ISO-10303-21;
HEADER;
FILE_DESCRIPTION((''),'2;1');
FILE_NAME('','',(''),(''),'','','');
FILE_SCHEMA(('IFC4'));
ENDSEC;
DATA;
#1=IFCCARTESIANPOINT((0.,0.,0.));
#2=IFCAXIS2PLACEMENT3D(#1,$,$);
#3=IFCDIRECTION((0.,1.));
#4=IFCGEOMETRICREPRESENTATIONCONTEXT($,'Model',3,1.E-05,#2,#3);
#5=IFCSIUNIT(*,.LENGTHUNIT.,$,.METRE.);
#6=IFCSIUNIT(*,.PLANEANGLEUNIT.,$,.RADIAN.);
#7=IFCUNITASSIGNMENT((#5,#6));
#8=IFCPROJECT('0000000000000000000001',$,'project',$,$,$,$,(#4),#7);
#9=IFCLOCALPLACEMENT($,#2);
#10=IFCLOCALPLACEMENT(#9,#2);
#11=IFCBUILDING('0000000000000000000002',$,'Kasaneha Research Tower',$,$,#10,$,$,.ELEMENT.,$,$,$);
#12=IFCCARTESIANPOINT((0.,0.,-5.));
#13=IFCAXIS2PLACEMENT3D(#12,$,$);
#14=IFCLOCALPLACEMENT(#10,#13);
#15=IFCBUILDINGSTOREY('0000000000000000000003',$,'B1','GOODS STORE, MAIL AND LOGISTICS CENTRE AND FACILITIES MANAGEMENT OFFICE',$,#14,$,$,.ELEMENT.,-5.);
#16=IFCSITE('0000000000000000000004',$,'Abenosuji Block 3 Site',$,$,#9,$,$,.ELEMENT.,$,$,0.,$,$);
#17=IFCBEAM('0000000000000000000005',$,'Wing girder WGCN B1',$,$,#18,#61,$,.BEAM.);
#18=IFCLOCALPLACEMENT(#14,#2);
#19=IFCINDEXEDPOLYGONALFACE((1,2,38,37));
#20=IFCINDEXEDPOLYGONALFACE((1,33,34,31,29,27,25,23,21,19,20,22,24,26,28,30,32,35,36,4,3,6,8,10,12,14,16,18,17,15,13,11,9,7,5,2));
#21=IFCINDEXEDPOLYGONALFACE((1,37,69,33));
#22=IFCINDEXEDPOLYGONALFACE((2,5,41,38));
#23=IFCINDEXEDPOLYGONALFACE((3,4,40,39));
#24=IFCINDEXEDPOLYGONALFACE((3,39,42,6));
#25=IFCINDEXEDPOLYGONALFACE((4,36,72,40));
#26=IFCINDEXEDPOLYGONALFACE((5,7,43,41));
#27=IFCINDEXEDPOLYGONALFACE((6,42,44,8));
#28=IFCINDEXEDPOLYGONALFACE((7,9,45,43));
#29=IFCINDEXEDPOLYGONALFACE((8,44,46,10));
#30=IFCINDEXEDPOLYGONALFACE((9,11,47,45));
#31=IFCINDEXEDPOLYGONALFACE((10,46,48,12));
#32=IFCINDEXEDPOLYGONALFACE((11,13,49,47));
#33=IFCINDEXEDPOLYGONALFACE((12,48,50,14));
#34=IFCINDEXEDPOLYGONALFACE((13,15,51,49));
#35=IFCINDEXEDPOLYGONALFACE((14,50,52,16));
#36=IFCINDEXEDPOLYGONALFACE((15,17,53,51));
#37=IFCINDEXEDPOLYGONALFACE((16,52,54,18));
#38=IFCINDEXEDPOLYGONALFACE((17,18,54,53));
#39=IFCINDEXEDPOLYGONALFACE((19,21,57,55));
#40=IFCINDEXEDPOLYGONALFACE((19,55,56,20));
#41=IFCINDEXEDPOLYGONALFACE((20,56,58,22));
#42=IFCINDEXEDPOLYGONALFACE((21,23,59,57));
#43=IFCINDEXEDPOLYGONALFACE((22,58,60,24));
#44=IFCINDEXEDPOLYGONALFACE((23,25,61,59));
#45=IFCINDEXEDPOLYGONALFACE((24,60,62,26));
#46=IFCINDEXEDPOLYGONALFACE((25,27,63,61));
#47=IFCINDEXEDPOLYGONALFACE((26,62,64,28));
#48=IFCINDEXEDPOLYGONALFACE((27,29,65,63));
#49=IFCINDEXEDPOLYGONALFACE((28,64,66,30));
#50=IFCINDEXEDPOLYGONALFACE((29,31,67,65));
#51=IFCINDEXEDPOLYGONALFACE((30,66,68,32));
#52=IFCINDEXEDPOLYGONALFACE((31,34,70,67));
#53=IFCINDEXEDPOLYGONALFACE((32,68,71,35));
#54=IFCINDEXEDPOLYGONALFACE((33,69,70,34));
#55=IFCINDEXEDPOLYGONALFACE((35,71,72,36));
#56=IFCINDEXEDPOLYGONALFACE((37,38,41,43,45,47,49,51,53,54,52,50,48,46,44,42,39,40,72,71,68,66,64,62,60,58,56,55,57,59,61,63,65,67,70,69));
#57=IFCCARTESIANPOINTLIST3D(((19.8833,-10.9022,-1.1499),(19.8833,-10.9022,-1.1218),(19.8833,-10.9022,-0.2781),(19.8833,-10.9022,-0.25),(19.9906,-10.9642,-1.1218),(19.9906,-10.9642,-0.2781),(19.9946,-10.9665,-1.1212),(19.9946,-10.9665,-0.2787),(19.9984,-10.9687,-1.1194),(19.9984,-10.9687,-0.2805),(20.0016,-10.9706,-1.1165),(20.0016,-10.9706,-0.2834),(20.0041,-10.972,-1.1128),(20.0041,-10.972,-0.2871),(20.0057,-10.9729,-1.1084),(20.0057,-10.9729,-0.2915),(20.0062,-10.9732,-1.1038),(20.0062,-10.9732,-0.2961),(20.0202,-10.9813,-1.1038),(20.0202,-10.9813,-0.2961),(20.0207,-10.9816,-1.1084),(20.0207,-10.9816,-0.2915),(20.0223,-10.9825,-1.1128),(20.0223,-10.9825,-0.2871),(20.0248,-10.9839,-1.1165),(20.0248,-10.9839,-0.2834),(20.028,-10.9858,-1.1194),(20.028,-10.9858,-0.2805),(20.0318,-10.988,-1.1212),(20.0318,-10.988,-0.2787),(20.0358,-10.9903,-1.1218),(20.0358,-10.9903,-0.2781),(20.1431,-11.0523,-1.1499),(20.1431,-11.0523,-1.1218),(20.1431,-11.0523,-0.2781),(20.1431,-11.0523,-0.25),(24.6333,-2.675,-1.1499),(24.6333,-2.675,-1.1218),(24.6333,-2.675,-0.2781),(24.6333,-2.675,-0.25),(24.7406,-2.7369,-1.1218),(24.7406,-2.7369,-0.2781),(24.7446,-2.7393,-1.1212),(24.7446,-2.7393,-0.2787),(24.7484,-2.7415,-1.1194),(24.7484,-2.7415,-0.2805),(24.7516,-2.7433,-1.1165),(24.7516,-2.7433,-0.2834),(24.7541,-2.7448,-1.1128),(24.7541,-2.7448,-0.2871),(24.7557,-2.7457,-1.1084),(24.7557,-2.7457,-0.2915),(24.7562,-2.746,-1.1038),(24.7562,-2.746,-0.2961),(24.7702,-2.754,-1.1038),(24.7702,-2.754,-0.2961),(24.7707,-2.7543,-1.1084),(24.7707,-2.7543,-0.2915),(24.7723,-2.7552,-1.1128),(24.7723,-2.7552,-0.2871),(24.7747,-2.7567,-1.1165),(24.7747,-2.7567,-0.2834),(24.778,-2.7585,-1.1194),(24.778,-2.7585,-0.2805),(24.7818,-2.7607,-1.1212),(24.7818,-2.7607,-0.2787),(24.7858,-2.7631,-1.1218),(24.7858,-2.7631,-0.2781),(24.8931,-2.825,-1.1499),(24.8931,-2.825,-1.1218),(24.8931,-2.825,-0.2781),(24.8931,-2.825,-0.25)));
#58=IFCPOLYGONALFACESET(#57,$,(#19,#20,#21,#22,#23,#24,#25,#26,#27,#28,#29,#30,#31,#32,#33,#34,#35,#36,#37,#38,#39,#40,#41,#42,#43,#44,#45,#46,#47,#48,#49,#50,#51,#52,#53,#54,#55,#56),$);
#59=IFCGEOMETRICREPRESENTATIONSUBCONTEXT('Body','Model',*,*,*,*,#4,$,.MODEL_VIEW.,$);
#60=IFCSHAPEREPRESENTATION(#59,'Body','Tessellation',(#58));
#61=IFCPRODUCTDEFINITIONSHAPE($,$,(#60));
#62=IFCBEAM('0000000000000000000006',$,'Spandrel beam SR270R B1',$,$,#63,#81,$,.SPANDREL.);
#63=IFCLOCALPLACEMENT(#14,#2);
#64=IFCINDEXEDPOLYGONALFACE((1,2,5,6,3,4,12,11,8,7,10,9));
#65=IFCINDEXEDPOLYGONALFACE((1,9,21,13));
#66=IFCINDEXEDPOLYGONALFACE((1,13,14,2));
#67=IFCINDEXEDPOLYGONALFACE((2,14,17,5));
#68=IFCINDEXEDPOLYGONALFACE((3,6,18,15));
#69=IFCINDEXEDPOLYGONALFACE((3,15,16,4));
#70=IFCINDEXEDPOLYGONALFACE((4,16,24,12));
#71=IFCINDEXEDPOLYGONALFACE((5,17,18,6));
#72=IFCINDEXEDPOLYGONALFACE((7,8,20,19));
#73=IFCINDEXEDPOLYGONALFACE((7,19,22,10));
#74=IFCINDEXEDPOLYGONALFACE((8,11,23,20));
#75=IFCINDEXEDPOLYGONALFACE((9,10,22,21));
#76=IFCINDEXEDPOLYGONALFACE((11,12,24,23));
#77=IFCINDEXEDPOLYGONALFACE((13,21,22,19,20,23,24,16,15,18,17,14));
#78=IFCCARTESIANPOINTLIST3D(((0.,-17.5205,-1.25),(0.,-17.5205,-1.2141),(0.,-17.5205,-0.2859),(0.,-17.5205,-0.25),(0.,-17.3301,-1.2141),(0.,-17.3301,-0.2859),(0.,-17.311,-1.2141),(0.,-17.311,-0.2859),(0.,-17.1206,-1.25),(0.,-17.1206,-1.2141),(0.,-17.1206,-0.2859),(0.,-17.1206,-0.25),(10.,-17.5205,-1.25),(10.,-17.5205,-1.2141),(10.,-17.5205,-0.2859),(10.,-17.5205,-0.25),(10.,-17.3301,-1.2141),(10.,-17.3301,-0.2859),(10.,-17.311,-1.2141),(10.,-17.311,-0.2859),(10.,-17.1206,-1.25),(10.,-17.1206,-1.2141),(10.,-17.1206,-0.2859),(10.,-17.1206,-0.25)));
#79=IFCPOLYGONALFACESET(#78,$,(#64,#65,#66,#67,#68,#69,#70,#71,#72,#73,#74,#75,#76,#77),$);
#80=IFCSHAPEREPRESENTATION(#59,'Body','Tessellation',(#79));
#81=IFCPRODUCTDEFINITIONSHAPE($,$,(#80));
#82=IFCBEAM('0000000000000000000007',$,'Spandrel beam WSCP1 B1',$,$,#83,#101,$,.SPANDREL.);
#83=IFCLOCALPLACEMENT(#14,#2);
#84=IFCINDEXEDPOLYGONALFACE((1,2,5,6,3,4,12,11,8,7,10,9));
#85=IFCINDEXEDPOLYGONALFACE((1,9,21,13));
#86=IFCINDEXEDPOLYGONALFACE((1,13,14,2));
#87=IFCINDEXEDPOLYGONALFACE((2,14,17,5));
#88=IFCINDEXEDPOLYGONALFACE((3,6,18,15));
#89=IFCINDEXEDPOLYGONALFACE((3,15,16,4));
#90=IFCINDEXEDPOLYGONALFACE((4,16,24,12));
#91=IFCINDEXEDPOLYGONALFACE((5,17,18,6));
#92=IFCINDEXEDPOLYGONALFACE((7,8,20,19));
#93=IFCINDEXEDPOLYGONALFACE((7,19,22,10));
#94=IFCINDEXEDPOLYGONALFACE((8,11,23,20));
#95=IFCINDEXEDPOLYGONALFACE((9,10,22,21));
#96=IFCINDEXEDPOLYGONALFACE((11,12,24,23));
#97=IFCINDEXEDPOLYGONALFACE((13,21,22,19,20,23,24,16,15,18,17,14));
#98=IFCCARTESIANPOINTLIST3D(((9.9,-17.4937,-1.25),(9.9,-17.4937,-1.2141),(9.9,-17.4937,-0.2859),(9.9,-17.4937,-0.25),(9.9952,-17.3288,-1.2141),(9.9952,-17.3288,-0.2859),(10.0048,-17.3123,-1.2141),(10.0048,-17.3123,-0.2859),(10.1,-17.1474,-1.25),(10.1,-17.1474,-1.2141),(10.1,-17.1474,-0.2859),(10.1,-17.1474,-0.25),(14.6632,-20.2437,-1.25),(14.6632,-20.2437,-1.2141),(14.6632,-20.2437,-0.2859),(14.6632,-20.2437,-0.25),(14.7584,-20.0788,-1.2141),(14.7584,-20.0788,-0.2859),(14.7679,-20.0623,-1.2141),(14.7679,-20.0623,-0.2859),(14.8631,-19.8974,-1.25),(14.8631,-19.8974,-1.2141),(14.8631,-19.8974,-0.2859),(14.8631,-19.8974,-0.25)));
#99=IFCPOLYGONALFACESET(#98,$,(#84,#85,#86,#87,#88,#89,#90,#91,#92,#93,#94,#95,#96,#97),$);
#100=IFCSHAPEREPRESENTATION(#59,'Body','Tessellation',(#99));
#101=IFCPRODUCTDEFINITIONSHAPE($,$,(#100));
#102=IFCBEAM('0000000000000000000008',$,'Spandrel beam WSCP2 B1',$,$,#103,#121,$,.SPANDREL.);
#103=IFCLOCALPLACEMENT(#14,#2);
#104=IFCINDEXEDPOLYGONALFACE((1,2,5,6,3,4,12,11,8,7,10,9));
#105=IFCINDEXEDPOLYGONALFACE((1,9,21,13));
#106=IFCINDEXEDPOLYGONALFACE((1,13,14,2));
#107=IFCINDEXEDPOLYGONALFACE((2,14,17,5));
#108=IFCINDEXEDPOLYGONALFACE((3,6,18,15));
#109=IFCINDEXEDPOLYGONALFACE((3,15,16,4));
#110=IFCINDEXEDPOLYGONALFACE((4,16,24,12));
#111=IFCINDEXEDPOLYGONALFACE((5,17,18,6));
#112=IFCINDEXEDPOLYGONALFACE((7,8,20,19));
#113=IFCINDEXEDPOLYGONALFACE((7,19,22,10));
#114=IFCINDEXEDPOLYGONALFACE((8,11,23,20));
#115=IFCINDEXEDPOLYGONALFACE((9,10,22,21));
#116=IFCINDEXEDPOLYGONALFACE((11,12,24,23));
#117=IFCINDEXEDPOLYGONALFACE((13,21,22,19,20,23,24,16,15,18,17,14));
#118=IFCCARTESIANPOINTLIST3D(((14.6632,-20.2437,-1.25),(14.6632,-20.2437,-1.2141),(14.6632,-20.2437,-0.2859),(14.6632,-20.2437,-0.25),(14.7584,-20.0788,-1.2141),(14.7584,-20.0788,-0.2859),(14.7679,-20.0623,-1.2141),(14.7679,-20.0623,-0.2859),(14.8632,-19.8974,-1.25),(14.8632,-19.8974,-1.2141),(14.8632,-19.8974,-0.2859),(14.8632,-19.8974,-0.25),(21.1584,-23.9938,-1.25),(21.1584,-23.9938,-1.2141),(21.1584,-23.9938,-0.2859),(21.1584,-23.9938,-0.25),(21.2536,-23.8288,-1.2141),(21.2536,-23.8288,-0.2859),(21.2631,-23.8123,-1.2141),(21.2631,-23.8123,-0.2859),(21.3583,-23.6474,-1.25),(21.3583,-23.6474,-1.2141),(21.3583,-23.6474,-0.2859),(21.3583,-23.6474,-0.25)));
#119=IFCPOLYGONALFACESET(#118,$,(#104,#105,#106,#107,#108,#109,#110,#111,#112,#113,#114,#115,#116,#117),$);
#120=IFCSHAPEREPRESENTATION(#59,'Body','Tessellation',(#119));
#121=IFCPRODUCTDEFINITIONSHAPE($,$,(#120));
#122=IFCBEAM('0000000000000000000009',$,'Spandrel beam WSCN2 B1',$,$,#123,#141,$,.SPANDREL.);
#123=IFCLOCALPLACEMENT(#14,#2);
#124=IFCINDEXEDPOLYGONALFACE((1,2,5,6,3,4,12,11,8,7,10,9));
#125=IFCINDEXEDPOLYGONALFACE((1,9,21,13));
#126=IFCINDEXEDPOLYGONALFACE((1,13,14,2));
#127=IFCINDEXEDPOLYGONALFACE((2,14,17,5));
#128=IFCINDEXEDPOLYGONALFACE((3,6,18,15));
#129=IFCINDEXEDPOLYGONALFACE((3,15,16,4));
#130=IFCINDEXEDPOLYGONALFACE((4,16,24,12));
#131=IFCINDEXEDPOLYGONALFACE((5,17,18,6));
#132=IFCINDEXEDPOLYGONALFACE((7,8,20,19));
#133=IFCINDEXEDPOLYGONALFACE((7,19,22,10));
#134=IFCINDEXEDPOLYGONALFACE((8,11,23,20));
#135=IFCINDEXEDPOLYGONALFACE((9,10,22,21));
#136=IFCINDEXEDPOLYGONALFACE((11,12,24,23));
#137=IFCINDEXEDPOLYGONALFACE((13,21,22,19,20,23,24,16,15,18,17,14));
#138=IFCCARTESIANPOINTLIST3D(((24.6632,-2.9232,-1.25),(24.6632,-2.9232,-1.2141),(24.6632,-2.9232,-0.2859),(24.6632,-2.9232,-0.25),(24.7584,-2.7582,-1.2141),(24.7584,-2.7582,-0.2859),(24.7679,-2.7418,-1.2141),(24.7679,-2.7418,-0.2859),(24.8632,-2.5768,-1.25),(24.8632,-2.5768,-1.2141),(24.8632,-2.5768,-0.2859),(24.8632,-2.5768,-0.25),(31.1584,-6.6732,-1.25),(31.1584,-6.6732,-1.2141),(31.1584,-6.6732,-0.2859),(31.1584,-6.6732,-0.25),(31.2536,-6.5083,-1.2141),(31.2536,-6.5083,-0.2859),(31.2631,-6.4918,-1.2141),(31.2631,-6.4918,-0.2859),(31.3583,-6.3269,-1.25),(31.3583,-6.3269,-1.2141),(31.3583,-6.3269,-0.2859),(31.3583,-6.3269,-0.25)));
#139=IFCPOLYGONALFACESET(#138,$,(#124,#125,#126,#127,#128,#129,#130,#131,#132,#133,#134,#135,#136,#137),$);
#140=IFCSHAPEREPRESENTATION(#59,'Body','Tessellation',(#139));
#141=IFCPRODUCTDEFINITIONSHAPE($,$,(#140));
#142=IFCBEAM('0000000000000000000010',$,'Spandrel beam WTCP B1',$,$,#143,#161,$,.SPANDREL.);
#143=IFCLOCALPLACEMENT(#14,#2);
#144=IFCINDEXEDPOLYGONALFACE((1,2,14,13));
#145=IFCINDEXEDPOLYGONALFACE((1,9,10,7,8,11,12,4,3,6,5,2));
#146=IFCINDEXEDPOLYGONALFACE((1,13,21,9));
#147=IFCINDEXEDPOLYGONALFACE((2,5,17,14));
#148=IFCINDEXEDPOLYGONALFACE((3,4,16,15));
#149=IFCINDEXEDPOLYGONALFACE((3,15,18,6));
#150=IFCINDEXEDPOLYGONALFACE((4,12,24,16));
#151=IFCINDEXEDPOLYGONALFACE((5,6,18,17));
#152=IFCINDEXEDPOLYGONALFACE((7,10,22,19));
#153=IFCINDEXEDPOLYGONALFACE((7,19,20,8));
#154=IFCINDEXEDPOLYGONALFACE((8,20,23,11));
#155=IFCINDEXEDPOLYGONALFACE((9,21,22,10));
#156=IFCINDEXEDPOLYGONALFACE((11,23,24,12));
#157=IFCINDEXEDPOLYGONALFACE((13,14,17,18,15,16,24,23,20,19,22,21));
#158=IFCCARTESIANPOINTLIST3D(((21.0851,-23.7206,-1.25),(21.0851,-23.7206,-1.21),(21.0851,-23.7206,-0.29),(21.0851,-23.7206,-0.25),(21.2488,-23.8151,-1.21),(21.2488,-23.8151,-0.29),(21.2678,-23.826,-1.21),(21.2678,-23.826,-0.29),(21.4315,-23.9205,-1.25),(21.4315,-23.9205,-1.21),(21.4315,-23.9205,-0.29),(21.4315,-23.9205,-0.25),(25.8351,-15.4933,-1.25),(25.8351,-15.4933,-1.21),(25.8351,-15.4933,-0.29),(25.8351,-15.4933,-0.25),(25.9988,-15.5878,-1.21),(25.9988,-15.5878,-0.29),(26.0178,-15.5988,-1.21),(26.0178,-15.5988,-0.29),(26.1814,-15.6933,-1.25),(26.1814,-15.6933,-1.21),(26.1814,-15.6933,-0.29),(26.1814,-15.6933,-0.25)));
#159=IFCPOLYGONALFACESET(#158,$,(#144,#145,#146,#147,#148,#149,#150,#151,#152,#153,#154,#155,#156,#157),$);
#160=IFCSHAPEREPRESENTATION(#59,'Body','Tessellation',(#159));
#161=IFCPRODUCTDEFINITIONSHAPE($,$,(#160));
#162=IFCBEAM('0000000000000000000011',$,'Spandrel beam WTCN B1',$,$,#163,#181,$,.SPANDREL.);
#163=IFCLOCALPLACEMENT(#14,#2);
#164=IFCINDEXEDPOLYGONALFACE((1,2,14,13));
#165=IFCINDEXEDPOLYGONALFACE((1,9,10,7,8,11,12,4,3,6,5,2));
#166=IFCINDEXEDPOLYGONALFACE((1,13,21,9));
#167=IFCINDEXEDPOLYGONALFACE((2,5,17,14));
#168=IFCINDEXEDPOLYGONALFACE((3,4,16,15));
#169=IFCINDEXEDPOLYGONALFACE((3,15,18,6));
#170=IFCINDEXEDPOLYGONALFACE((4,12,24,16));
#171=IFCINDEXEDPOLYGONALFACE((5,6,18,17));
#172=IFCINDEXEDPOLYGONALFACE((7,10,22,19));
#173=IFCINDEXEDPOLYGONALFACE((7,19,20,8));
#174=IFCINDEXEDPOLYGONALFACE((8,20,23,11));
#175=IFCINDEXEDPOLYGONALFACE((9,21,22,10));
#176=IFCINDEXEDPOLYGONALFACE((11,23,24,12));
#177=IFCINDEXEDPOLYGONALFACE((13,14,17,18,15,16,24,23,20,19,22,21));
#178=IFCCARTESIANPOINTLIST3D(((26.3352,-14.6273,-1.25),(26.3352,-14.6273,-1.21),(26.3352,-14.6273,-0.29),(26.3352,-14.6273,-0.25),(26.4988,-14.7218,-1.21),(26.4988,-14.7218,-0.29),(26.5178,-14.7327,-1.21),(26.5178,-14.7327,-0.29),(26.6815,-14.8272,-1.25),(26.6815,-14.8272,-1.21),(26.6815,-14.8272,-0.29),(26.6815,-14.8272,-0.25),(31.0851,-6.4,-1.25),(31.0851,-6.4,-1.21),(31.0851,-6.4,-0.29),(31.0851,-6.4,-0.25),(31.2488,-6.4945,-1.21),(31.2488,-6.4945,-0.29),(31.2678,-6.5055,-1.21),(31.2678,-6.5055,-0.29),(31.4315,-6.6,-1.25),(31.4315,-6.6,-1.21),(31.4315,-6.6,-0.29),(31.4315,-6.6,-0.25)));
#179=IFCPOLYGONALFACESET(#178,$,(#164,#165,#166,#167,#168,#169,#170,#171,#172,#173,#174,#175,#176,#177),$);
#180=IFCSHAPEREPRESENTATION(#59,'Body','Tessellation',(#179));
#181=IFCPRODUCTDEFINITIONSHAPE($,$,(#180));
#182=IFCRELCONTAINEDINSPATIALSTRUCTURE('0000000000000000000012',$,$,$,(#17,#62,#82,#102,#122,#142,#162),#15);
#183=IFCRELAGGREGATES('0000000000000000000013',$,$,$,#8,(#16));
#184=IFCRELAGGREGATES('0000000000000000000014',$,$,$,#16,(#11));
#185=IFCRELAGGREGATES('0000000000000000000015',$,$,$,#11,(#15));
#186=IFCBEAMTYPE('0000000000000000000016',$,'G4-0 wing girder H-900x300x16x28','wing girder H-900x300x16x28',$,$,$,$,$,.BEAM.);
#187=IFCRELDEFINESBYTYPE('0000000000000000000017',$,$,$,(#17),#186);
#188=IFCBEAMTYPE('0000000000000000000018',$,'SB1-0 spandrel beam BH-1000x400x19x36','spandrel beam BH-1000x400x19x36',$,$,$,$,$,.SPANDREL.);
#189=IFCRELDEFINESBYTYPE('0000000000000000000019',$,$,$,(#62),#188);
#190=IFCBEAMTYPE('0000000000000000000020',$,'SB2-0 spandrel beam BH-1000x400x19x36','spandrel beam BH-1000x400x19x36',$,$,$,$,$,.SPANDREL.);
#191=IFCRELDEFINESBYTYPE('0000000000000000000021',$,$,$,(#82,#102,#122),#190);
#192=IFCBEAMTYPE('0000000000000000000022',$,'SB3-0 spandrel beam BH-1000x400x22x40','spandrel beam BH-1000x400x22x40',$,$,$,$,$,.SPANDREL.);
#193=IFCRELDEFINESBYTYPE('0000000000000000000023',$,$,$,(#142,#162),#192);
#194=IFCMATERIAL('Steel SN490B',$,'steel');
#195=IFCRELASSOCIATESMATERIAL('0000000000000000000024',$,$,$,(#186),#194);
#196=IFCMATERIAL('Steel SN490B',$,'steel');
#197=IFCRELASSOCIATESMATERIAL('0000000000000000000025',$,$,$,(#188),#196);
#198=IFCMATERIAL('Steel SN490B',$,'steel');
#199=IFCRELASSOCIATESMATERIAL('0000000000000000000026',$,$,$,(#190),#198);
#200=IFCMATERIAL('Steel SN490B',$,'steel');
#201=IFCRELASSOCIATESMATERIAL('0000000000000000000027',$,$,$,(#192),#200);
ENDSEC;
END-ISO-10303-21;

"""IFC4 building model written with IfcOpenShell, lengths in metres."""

from ifc_helpers import new_model, si_unit, direction, frame, origin, origin_2d, place, context, subcontext, project, spatial, i_section, extrude, material, material_profile, profile_set, type_object, element, save


model = new_model("IFC4")

# Units and contexts
model_context = context("Model", 3, precision=1e-05, world=origin(), true_north=direction((0.0, 1.0)))
body_context = subcontext(model_context, "Body", "Model", "MODEL_VIEW")
ifc_project = project(units=[si_unit("LENGTHUNIT", "METRE"), si_unit("PLANEANGLEUNIT", "RADIAN")], contexts=[model_context])

# Site, building, storey
site_placement = place(None, origin())
site = spatial("IfcSite", under=ifc_project, at=site_placement, Name="Abenosuji Block 3 Site", CompositionType="ELEMENT", RefElevation=0.0)
building_placement = place(site_placement, origin())
building = spatial("IfcBuilding", under=site, at=building_placement, Name="Kasaneha Research Tower", CompositionType="ELEMENT")
storey_placement = place(building_placement, frame((0.0, 0.0, -5.0)))
storey = spatial("IfcBuildingStorey", under=building, at=storey_placement, Name="B1", Description="GOODS STORE, MAIL AND LOGISTICS CENTRE AND FACILITIES MANAGEMENT OFFICE", CompositionType="ELEMENT", Elevation=-5.0)

# Beams
ifc_material_1 = material(Name="Steel SN490B", Category="steel")
ifc_material_profile_1 = material_profile(ifc_material_1, i_section(OverallWidth=0.3, OverallDepth=0.8999, WebThickness=0.0161, FlangeThickness=0.0281, FilletRadius=0.0181, at=origin_2d()), Name="H-900x300x16x28")
ifc_profile_set_1 = profile_set([ifc_material_profile_1], Name="Steel SN490B")
beam_type_1 = type_object("IfcBeamType", Name="G4-0 wing girder H-900x300x16x28", Description="wing girder H-900x300x16x28", PredefinedType="BEAM", material=ifc_profile_set_1)
for number, where, z_axis, x_axis, name in (
    (1, (24.7632, -2.75, -0.7), (-0.499998, -0.866027, 0.0), (0.866027, -0.499998, 0.0), "Wing girder WGCN B1"),
):
    element("IfcBeam", number, at=place(storey_placement, frame(where, z_axis=z_axis, x_axis=x_axis)), inside=storey, type_object=beam_type_1, Name=name, PredefinedType="BEAM", context=body_context, shape_type="SweptSolid", body=[
        extrude(i_section(OverallWidth=0.3, OverallDepth=0.8999, WebThickness=0.0161, FlangeThickness=0.0281, FilletRadius=0.0181, at=origin_2d()), origin(), (0.0, 0.0, 1.0), 9.5),
    ])
ifc_material_2 = material(Name="Steel SN490B", Category="steel")
ifc_material_profile_2 = material_profile(ifc_material_2, i_section(OverallWidth=0.3999, OverallDepth=1.0, WebThickness=0.019, FlangeThickness=0.0359, at=origin_2d()), Name="BH-1000x400x19x36")
ifc_profile_set_2 = profile_set([ifc_material_profile_2], Name="Steel SN490B")
beam_type_2 = type_object("IfcBeamType", Name="SB1-0 spandrel beam BH-1000x400x19x36", Description="spandrel beam BH-1000x400x19x36", PredefinedType="SPANDREL", material=ifc_profile_set_2)
beam_1_placement = place(storey_placement, frame((10.0, -17.3206, -0.75), z_axis=(-1.0, 0.0, 0.0), x_axis=(0.0, -1.0, 0.0)))
element("IfcBeam", 2, at=beam_1_placement, inside=storey, type_object=beam_type_2, Name="Spandrel beam SR270R B1", PredefinedType="SPANDREL", context=body_context, shape_type="SweptSolid", body=[
    extrude(i_section(OverallWidth=0.3999, OverallDepth=1.0, WebThickness=0.019, FlangeThickness=0.0359, at=origin_2d()), origin(), (0.0, 0.0, 1.0), 10.0),
])
ifc_material_3 = material(Name="Steel SN490B", Category="steel")
ifc_material_profile_3 = material_profile(ifc_material_3, i_section(OverallWidth=0.3999, OverallDepth=1.0, WebThickness=0.019, FlangeThickness=0.0359, at=origin_2d()), Name="BH-1000x400x19x36")
ifc_profile_set_3 = profile_set([ifc_material_profile_3], Name="Steel SN490B")
beam_type_3 = type_object("IfcBeamType", Name="SB2-0 spandrel beam BH-1000x400x19x36", Description="spandrel beam BH-1000x400x19x36", PredefinedType="SPANDREL", material=ifc_profile_set_3)
beam_2_placement = place(storey_placement, frame((10.0, -17.3206, -0.75), z_axis=(0.866027, -0.499997, 0.0), x_axis=(0.499997, 0.866027, 0.0)))
element("IfcBeam", 3, at=beam_2_placement, inside=storey, type_object=beam_type_3, Name="Spandrel beam WSCP1 B1", PredefinedType="SPANDREL", context=body_context, shape_type="SweptSolid", body=[
    extrude(i_section(OverallWidth=0.3999, OverallDepth=1.0, WebThickness=0.019, FlangeThickness=0.0359, at=origin_2d()), origin(), (0.0, 0.0, 1.0), 5.5),
])
for number, where, z_axis, x_axis, name in (
    (4, (14.7632, -20.0706, -0.75), (0.866023, -0.500004, 0.0), (0.500004, 0.866023, 0.0), "Spandrel beam WSCP2 B1"),
    (5, (24.7632, -2.75, -0.75), (0.866023, -0.500004, 0.0), (0.500004, 0.866023, 0.0), "Spandrel beam WSCN2 B1"),
):
    element("IfcBeam", number, at=place(storey_placement, frame(where, z_axis=z_axis, x_axis=x_axis)), inside=storey, type_object=beam_type_3, Name=name, PredefinedType="SPANDREL", context=body_context, shape_type="SweptSolid", body=[
        extrude(i_section(OverallWidth=0.3999, OverallDepth=1.0, WebThickness=0.019, FlangeThickness=0.0359, at=origin_2d()), origin(), (0.0, 0.0, 1.0), 7.5),
    ])
ifc_material_4 = material(Name="Steel SN490B", Category="steel")
ifc_material_profile_4 = material_profile(ifc_material_4, i_section(OverallWidth=0.3999, OverallDepth=1.0, WebThickness=0.022, FlangeThickness=0.04, at=origin_2d()), Name="BH-1000x400x22x40")
ifc_profile_set_4 = profile_set([ifc_material_profile_4], Name="Steel SN490B")
beam_type_4 = type_object("IfcBeamType", Name="SB3-0 spandrel beam BH-1000x400x22x40", Description="spandrel beam BH-1000x400x22x40", PredefinedType="SPANDREL", material=ifc_profile_set_4)
for number, where, z_axis, x_axis, name in (
    (6, (21.2583, -23.8206, -0.75), (0.499998, 0.866027, 0.0), (-0.866027, 0.499998, 0.0), "Spandrel beam WTCP B1"),
    (7, (31.2583, -6.5, -0.75), (-0.499998, -0.866027, 0.0), (0.866027, -0.499998, 0.0), "Spandrel beam WTCN B1"),
):
    element("IfcBeam", number, at=place(storey_placement, frame(where, z_axis=z_axis, x_axis=x_axis)), inside=storey, type_object=beam_type_4, Name=name, PredefinedType="SPANDREL", context=body_context, shape_type="SweptSolid", body=[
        extrude(i_section(OverallWidth=0.3999, OverallDepth=1.0, WebThickness=0.022, FlangeThickness=0.04, at=origin_2d()), origin(), (0.0, 0.0, 1.0), 9.5),
    ])

save(model, "model.ifc")
